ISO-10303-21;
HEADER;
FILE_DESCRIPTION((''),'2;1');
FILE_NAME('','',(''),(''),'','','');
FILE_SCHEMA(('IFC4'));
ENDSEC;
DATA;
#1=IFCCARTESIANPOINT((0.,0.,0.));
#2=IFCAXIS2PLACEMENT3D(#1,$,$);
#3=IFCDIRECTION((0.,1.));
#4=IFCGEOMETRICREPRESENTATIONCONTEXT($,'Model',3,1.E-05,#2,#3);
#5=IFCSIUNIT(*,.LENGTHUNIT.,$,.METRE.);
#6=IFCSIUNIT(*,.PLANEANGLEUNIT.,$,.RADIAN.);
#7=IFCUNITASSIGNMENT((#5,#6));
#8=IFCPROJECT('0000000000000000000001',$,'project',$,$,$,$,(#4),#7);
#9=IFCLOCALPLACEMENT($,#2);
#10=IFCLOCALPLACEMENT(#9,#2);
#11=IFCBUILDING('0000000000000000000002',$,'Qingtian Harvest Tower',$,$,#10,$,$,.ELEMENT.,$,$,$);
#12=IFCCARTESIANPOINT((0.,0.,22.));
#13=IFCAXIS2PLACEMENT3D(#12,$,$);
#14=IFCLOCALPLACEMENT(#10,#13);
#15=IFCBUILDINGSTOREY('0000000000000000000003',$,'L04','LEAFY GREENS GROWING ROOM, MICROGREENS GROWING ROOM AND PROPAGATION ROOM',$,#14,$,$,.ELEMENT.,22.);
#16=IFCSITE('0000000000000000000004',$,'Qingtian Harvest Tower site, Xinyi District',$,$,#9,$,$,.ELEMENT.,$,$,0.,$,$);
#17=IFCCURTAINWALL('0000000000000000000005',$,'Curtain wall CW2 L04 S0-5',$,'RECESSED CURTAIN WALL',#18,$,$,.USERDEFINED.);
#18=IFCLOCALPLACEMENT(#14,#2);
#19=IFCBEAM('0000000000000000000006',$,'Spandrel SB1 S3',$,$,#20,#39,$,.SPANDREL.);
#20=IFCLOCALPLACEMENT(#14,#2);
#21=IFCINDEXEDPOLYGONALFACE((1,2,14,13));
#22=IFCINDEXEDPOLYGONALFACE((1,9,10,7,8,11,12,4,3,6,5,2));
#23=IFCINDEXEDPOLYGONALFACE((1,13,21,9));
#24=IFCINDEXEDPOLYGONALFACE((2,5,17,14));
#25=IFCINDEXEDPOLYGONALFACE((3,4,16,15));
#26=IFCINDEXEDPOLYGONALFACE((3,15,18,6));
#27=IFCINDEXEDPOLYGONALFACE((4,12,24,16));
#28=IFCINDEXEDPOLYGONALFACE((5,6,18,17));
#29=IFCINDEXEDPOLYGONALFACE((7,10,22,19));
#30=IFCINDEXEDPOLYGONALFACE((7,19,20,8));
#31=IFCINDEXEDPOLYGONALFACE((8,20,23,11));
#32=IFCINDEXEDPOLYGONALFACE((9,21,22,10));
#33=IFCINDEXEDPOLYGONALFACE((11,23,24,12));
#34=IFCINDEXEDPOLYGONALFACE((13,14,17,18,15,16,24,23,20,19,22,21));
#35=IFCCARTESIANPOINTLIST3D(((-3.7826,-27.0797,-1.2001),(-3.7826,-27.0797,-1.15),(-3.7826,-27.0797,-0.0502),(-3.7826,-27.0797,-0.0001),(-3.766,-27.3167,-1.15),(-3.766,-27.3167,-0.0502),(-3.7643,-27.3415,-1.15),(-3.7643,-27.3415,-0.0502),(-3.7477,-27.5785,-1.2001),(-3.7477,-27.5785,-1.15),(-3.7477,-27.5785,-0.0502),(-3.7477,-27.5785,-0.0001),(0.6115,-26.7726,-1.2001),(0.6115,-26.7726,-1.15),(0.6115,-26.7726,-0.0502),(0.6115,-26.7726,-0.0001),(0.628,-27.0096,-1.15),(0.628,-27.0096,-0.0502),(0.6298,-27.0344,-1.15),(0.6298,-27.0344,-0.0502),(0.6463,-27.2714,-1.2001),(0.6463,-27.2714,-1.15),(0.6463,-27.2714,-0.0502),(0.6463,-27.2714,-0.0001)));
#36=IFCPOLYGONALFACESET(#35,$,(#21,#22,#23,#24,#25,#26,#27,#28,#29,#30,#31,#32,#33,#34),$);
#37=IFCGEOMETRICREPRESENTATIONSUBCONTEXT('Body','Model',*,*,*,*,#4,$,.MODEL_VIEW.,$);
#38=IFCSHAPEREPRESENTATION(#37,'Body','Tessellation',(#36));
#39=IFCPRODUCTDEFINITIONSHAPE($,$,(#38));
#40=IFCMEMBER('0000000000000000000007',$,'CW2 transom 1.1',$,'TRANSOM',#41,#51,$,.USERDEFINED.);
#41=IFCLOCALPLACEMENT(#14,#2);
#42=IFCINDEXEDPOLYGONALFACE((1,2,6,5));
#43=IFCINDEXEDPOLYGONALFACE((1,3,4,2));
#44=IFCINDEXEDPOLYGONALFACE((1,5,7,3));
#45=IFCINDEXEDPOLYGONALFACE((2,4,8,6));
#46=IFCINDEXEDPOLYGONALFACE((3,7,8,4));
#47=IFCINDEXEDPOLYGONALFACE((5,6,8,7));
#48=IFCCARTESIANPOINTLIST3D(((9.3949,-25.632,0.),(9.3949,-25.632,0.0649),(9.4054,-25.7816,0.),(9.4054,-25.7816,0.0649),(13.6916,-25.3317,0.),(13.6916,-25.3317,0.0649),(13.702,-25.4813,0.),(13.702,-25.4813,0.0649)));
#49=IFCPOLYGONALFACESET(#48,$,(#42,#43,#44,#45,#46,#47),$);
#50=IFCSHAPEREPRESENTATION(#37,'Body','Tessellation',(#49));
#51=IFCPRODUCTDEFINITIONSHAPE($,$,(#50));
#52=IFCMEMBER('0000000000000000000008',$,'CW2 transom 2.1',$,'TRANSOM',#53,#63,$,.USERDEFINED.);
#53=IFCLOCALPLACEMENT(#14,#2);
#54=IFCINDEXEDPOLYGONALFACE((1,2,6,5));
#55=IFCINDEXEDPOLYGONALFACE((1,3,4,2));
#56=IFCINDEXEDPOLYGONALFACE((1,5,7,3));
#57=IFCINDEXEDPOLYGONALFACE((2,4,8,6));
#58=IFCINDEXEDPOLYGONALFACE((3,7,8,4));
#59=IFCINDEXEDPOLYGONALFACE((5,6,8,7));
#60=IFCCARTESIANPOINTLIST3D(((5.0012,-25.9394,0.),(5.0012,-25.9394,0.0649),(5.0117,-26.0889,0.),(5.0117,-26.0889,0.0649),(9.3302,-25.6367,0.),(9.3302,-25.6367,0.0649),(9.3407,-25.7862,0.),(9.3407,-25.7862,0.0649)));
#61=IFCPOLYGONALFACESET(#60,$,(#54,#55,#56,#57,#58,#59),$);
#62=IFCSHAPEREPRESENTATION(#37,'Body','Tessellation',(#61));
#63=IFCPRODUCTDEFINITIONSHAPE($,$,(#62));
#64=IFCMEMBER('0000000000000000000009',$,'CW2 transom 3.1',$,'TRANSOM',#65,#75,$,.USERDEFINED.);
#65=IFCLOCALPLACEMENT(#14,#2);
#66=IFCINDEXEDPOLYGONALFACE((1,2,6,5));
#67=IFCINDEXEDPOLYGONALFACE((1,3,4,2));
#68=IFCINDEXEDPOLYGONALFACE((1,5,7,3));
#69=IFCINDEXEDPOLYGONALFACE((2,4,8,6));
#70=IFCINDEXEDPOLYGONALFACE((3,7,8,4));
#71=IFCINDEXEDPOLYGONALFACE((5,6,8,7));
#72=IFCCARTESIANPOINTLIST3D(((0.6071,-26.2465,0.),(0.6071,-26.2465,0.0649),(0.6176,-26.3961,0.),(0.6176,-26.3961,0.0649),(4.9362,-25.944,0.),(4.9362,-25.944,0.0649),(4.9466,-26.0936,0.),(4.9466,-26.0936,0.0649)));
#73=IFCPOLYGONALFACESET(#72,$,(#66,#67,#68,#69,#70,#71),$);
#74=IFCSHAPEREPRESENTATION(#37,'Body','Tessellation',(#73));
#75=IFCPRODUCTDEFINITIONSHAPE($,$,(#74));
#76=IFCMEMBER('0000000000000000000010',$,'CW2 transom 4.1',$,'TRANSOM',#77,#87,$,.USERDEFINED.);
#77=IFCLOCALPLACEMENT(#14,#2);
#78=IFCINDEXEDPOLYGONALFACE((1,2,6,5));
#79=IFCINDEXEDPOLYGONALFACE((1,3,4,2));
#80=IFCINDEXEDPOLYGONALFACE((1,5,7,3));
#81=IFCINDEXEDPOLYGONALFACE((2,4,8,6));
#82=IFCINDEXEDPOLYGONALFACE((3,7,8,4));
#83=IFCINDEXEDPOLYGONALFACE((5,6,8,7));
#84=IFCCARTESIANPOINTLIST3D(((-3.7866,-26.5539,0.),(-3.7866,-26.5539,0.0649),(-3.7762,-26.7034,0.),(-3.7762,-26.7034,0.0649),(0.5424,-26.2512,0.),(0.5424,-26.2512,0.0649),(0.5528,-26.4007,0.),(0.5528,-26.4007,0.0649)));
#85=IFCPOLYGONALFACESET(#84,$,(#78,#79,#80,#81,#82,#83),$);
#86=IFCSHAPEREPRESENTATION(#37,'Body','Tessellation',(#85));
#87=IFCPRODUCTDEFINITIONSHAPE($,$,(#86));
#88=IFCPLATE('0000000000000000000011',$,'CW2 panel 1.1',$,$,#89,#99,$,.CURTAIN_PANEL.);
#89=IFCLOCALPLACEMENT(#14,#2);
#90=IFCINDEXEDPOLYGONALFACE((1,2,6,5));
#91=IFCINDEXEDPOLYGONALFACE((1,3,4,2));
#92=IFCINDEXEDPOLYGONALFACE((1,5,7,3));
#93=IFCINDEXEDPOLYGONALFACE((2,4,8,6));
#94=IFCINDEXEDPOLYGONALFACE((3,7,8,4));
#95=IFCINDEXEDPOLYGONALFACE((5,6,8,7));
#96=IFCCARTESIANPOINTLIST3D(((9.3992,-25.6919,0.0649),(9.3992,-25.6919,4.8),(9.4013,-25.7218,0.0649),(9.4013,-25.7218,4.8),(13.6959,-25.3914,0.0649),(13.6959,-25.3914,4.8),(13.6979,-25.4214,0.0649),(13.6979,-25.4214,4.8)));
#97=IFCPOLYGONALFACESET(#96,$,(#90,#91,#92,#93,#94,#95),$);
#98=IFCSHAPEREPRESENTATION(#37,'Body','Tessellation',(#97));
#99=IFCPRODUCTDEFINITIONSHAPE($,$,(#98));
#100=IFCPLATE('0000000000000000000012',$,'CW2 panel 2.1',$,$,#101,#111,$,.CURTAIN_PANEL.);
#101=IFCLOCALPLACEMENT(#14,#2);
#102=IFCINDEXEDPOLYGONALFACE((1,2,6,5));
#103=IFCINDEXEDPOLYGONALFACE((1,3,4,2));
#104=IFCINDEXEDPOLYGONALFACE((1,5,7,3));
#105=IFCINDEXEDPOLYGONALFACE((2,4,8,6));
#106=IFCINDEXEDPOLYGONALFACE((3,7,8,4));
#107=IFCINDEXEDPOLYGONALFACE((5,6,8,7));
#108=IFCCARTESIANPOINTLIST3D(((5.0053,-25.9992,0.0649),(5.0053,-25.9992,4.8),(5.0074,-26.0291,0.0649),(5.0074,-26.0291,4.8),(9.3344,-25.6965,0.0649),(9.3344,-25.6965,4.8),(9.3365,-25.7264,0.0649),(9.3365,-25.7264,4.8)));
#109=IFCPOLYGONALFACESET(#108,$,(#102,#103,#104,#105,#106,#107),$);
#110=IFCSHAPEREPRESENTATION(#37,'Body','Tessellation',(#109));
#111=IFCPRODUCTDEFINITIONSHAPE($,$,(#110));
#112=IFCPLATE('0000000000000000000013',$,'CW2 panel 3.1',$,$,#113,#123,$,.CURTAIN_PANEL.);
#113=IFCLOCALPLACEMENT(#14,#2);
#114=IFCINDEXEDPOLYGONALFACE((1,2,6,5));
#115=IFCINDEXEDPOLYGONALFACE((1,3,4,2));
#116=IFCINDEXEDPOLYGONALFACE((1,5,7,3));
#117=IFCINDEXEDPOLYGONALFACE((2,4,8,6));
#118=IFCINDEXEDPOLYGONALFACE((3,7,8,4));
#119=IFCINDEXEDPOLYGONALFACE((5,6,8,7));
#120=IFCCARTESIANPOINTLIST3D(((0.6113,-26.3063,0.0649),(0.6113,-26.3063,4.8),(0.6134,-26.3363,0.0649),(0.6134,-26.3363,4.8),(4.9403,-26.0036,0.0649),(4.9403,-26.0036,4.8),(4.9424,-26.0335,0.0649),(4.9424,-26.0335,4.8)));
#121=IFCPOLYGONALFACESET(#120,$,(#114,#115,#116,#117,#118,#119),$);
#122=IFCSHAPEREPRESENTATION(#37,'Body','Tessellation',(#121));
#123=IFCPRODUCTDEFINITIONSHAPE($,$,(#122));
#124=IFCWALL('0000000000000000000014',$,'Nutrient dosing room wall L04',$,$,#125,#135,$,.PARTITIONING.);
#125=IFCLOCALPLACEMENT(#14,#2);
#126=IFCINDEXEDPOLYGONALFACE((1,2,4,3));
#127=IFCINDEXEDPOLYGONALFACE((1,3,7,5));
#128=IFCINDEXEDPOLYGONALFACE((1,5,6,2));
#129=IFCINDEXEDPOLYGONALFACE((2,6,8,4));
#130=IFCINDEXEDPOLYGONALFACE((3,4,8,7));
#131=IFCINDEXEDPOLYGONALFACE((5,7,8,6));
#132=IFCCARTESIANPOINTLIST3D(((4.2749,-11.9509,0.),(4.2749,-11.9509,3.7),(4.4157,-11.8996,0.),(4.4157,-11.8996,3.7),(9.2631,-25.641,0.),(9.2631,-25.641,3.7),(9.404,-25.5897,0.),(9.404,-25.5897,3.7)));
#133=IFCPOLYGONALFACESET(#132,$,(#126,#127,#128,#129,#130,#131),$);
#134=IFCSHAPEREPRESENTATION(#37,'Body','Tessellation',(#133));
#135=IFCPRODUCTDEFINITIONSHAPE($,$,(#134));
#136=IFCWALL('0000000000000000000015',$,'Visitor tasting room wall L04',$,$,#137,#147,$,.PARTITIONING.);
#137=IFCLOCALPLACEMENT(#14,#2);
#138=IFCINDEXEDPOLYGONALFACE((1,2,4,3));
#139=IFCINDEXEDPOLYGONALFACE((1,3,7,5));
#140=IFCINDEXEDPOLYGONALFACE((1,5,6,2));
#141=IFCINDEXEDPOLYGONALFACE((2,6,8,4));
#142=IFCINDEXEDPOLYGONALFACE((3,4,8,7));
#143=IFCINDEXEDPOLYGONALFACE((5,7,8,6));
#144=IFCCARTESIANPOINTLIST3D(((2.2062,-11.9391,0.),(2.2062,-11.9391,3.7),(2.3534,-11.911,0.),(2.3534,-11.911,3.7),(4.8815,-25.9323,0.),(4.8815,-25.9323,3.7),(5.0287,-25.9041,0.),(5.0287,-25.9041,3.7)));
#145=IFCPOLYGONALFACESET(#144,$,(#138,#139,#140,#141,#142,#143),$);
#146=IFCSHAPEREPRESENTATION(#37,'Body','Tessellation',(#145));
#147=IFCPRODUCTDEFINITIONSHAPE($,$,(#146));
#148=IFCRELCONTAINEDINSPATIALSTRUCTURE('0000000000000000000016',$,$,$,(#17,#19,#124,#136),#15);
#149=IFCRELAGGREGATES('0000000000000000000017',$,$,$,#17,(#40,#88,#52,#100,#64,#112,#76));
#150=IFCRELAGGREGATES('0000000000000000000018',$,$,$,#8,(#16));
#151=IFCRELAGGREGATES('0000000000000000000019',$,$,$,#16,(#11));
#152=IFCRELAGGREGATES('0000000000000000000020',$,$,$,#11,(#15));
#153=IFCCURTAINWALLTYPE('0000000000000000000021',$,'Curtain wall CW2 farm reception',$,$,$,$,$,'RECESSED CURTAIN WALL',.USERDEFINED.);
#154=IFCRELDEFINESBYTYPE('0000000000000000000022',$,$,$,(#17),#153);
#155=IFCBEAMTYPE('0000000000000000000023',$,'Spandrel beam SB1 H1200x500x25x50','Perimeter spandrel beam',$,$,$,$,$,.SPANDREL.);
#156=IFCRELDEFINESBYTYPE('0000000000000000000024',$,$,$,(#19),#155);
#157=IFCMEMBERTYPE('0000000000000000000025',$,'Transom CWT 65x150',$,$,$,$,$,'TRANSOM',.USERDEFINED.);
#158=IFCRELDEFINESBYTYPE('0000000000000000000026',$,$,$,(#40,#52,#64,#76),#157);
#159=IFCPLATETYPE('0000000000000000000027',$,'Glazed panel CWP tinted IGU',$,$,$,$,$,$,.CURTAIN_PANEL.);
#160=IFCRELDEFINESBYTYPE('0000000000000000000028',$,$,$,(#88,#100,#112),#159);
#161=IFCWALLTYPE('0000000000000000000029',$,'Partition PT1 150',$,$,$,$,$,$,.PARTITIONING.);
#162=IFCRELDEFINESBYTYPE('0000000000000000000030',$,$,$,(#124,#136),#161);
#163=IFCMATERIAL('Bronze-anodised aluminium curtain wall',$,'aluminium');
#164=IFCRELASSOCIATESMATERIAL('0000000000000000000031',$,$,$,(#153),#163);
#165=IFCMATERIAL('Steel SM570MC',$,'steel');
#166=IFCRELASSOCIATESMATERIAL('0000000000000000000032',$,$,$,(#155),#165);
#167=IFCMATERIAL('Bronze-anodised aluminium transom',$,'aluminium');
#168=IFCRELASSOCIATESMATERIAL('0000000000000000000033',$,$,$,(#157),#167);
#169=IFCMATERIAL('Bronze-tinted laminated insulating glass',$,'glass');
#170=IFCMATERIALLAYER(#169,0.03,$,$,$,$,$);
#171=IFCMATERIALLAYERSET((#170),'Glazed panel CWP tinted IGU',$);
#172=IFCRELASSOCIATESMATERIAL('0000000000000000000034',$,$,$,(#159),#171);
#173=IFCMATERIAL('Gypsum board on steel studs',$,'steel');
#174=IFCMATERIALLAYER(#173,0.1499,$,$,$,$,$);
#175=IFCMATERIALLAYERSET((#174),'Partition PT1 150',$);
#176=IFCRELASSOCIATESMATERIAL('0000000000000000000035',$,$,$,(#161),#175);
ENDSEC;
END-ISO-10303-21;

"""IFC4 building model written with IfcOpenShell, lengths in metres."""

from ifc_helpers import new_model, si_unit, direction, frame, frame_2d, origin, origin_2d, place, context, subcontext, project, spatial, rectangle, i_section, extrude, material, layer, layer_set, material_profile, profile_set, type_object, element, aggregate, save


model = new_model("IFC4")

# Units and contexts
model_context = context("Model", 3, precision=1e-05, world=origin(), true_north=direction((0.0, 1.0)))
body_context = subcontext(model_context, "Body", "Model", "MODEL_VIEW")
ifc_project = project(units=[si_unit("LENGTHUNIT", "METRE"), si_unit("PLANEANGLEUNIT", "RADIAN")], contexts=[model_context])

# Site, building, storey
site_placement = place(None, origin())
site = spatial("IfcSite", under=ifc_project, at=site_placement, Name="Qingtian Harvest Tower site, Xinyi District", CompositionType="ELEMENT", RefElevation=0.0)
building_placement = place(site_placement, origin())
building = spatial("IfcBuilding", under=site, at=building_placement, Name="Qingtian Harvest Tower", CompositionType="ELEMENT")
storey_placement = place(building_placement, frame((0.0, 0.0, 22.0)))
storey = spatial("IfcBuildingStorey", under=building, at=storey_placement, Name="L04", Description="LEAFY GREENS GROWING ROOM, MICROGREENS GROWING ROOM AND PROPAGATION ROOM", CompositionType="ELEMENT", Elevation=22.0)

# Shared definitions
ifc_material_1 = material(Name="Bronze-anodised aluminium curtain wall", Category="aluminium")
curtain_wall_type = type_object("IfcCurtainWallType", Name="Curtain wall CW2 farm reception", ElementType="RECESSED CURTAIN WALL", PredefinedType="USERDEFINED", material=ifc_material_1)

# Curtain wall
curtain_wall_1_placement = place(storey_placement, origin())
curtain_wall_1 = element("IfcCurtainWall", 1, at=curtain_wall_1_placement, inside=storey, type_object=curtain_wall_type, Name="Curtain wall CW2 L04 S0-5", ObjectType="RECESSED CURTAIN WALL", PredefinedType="USERDEFINED")

# Beam
ifc_material_2 = material(Name="Steel SM570MC", Category="steel")
ifc_material_profile_1 = material_profile(ifc_material_2, i_section(OverallWidth=0.5, OverallDepth=1.2, WebThickness=0.0249, FlangeThickness=0.05, at=origin_2d()), Name="H1200x500x25x50")
ifc_profile_set_1 = profile_set([ifc_material_profile_1], Name="Steel SM570MC")
beam_type_1 = type_object("IfcBeamType", Name="Spandrel beam SB1 H1200x500x25x50", Description="Perimeter spandrel beam", PredefinedType="SPANDREL", material=ifc_profile_set_1)
beam_1_placement = place(storey_placement, frame((0.6289, -27.022, -0.6001), z_axis=(-0.997566, -0.069727, 0.0), x_axis=(0.069727, -0.997566, 0.0)))
element("IfcBeam", 2, at=beam_1_placement, inside=storey, type_object=beam_type_1, Name="Spandrel SB1 S3", PredefinedType="SPANDREL", context=body_context, shape_type="SweptSolid", body=[
    extrude(i_section(OverallWidth=0.5, OverallDepth=1.2, WebThickness=0.0249, FlangeThickness=0.05, at=origin_2d()), origin(), (0.0, 0.0, 1.0), 4.4048),
])

# Members
ifc_material_3 = material(Name="Bronze-anodised aluminium transom", Category="aluminium")
ifc_material_profile_2 = material_profile(ifc_material_3, rectangle(XDim=0.1499, YDim=0.0649, at=origin_2d()), Name="AL 65x150")
ifc_profile_set_2 = profile_set([ifc_material_profile_2], Name="Bronze-anodised aluminium transom")
member_type_1 = type_object("IfcMemberType", Name="Transom CWT 65x150", ElementType="TRANSOM", PredefinedType="USERDEFINED", material=ifc_profile_set_2)
member_1_placement = place(storey_placement, frame((13.6968, -25.4065, 0.0325), z_axis=(-0.997567, -0.06972, 0.0), x_axis=(0.06972, -0.997567, 0.0)))
member_1 = element("IfcMember", 3, at=member_1_placement, type_object=member_type_1, Name="CW2 transom 1.1", ObjectType="TRANSOM", PredefinedType="USERDEFINED", context=body_context, shape_type="SweptSolid", body=[
    extrude(rectangle(XDim=0.1499, YDim=0.0649, at=origin_2d()), origin(), (0.0, 0.0, 1.0), 4.3071),
])
member_2_placement = place(storey_placement, frame((9.3354, -25.7114, 0.0325), z_axis=(-0.997564, -0.06976, 0.0), x_axis=(0.06976, -0.997564, 0.0)))
member_2 = element("IfcMember", 4, at=member_2_placement, type_object=member_type_1, Name="CW2 transom 2.1", ObjectType="TRANSOM", PredefinedType="USERDEFINED", context=body_context, shape_type="SweptSolid", body=[
    extrude(rectangle(XDim=0.1499, YDim=0.0649, at=origin_2d()), origin(), (0.0, 0.0, 1.0), 4.3396),
])
member_3_placement = place(storey_placement, frame((4.9414, -26.0188, 0.0325), z_axis=(-0.997568, -0.069704, 0.0), x_axis=(0.069704, -0.997568, 0.0)))
member_3 = element("IfcMember", 5, at=member_3_placement, type_object=member_type_1, Name="CW2 transom 3.1", ObjectType="TRANSOM", PredefinedType="USERDEFINED", context=body_context, shape_type="SweptSolid", body=[
    extrude(rectangle(XDim=0.1499, YDim=0.0649, at=origin_2d()), origin(), (0.0, 0.0, 1.0), 4.3396),
])
member_4_placement = place(storey_placement, frame((0.5476, -26.3259, 0.0325), z_axis=(-0.997564, -0.06976, 0.0), x_axis=(0.06976, -0.997564, 0.0)))
member_4 = element("IfcMember", 6, at=member_4_placement, type_object=member_type_1, Name="CW2 transom 4.1", ObjectType="TRANSOM", PredefinedType="USERDEFINED", context=body_context, shape_type="SweptSolid", body=[
    extrude(rectangle(XDim=0.1499, YDim=0.0649, at=origin_2d()), origin(), (0.0, 0.0, 1.0), 4.3396),
])

# Plates
ifc_material_4 = material(Name="Bronze-tinted laminated insulating glass", Category="glass")
ifc_layer_1 = layer(ifc_material_4, 0.03)
ifc_layer_set_1 = layer_set([ifc_layer_1], Name="Glazed panel CWP tinted IGU")
plate_type = type_object("IfcPlateType", Name="Glazed panel CWP tinted IGU", PredefinedType="CURTAIN_PANEL", material=ifc_layer_set_1)
plate_1_placement = place(storey_placement, frame((11.5486, -25.5566, 0.0649), z_axis=(0.0, 0.0, 1.0), x_axis=(-0.997564, -0.069756, 0.0)))
plate_1 = element("IfcPlate", 7, at=plate_1_placement, type_object=plate_type, Name="CW2 panel 1.1", PredefinedType="CURTAIN_PANEL", context=body_context, shape_type="SweptSolid", body=[
    extrude(rectangle(XDim=4.3071, YDim=0.03, at=origin_2d()), origin(), (0.0, 0.0, 1.0), 4.7351),
])
plate_2_placement = place(storey_placement, frame((7.1709, -25.8628, 0.0649), z_axis=(0.0, 0.0, 1.0), x_axis=(-0.997564, -0.069756, 0.0)))
plate_2 = element("IfcPlate", 8, at=plate_2_placement, type_object=plate_type, Name="CW2 panel 2.1", PredefinedType="CURTAIN_PANEL", context=body_context, shape_type="SweptSolid", body=[
    extrude(rectangle(XDim=4.3396, YDim=0.03, at=origin_2d()), origin(), (0.0, 0.0, 1.0), 4.7351),
])
plate_3_placement = place(storey_placement, frame((2.7769, -26.1699, 0.0649), z_axis=(0.0, 0.0, 1.0), x_axis=(-0.997564, -0.069756, 0.0)))
plate_3 = element("IfcPlate", 9, at=plate_3_placement, type_object=plate_type, Name="CW2 panel 3.1", PredefinedType="CURTAIN_PANEL", context=body_context, shape_type="SweptSolid", body=[
    extrude(rectangle(XDim=4.3396, YDim=0.03, at=origin_2d()), origin(), (0.0, 0.0, 1.0), 4.7351),
])
aggregate(curtain_wall_1, [member_1, plate_1, member_2, plate_2, member_3, plate_3, member_4])

# Walls
ifc_material_5 = material(Name="Gypsum board on steel studs", Category="steel")
ifc_layer_2 = layer(ifc_material_5, 0.1499)
ifc_layer_set_2 = layer_set([ifc_layer_2], Name="Partition PT1 150")
wall_type = type_object("IfcWallType", Name="Partition PT1 150", PredefinedType="PARTITIONING", material=ifc_layer_set_2)
wall_1_placement = place(storey_placement, frame((9.3335, -25.6152, 0.0), z_axis=(0.0, 0.0, 1.0), x_axis=(-0.342351, 0.939572, 0.0)))
element("IfcWall", 10, at=wall_1_placement, inside=storey, type_object=wall_type, Name="Nutrient dosing room wall L04", PredefinedType="PARTITIONING", context=body_context, shape_type="SweptSolid", body=[
    extrude(rectangle(XDim=14.5706, YDim=0.1499, at=frame_2d((7.2852, 0.0))), origin(), (0.0, 0.0, 1.0), 3.7),
])
wall_2_placement = place(storey_placement, frame((4.9551, -25.9182, 0.0), z_axis=(0.0, 0.0, 1.0), x_axis=(-0.187785, 0.98221, 0.0)))
element("IfcWall", 11, at=wall_2_placement, inside=storey, type_object=wall_type, Name="Visitor tasting room wall L04", PredefinedType="PARTITIONING", context=body_context, shape_type="SweptSolid", body=[
    extrude(rectangle(XDim=14.2466, YDim=0.1499, at=frame_2d((7.1233, 0.0))), origin(), (0.0, 0.0, 1.0), 3.7),
])

save(model, "model.ifc")
